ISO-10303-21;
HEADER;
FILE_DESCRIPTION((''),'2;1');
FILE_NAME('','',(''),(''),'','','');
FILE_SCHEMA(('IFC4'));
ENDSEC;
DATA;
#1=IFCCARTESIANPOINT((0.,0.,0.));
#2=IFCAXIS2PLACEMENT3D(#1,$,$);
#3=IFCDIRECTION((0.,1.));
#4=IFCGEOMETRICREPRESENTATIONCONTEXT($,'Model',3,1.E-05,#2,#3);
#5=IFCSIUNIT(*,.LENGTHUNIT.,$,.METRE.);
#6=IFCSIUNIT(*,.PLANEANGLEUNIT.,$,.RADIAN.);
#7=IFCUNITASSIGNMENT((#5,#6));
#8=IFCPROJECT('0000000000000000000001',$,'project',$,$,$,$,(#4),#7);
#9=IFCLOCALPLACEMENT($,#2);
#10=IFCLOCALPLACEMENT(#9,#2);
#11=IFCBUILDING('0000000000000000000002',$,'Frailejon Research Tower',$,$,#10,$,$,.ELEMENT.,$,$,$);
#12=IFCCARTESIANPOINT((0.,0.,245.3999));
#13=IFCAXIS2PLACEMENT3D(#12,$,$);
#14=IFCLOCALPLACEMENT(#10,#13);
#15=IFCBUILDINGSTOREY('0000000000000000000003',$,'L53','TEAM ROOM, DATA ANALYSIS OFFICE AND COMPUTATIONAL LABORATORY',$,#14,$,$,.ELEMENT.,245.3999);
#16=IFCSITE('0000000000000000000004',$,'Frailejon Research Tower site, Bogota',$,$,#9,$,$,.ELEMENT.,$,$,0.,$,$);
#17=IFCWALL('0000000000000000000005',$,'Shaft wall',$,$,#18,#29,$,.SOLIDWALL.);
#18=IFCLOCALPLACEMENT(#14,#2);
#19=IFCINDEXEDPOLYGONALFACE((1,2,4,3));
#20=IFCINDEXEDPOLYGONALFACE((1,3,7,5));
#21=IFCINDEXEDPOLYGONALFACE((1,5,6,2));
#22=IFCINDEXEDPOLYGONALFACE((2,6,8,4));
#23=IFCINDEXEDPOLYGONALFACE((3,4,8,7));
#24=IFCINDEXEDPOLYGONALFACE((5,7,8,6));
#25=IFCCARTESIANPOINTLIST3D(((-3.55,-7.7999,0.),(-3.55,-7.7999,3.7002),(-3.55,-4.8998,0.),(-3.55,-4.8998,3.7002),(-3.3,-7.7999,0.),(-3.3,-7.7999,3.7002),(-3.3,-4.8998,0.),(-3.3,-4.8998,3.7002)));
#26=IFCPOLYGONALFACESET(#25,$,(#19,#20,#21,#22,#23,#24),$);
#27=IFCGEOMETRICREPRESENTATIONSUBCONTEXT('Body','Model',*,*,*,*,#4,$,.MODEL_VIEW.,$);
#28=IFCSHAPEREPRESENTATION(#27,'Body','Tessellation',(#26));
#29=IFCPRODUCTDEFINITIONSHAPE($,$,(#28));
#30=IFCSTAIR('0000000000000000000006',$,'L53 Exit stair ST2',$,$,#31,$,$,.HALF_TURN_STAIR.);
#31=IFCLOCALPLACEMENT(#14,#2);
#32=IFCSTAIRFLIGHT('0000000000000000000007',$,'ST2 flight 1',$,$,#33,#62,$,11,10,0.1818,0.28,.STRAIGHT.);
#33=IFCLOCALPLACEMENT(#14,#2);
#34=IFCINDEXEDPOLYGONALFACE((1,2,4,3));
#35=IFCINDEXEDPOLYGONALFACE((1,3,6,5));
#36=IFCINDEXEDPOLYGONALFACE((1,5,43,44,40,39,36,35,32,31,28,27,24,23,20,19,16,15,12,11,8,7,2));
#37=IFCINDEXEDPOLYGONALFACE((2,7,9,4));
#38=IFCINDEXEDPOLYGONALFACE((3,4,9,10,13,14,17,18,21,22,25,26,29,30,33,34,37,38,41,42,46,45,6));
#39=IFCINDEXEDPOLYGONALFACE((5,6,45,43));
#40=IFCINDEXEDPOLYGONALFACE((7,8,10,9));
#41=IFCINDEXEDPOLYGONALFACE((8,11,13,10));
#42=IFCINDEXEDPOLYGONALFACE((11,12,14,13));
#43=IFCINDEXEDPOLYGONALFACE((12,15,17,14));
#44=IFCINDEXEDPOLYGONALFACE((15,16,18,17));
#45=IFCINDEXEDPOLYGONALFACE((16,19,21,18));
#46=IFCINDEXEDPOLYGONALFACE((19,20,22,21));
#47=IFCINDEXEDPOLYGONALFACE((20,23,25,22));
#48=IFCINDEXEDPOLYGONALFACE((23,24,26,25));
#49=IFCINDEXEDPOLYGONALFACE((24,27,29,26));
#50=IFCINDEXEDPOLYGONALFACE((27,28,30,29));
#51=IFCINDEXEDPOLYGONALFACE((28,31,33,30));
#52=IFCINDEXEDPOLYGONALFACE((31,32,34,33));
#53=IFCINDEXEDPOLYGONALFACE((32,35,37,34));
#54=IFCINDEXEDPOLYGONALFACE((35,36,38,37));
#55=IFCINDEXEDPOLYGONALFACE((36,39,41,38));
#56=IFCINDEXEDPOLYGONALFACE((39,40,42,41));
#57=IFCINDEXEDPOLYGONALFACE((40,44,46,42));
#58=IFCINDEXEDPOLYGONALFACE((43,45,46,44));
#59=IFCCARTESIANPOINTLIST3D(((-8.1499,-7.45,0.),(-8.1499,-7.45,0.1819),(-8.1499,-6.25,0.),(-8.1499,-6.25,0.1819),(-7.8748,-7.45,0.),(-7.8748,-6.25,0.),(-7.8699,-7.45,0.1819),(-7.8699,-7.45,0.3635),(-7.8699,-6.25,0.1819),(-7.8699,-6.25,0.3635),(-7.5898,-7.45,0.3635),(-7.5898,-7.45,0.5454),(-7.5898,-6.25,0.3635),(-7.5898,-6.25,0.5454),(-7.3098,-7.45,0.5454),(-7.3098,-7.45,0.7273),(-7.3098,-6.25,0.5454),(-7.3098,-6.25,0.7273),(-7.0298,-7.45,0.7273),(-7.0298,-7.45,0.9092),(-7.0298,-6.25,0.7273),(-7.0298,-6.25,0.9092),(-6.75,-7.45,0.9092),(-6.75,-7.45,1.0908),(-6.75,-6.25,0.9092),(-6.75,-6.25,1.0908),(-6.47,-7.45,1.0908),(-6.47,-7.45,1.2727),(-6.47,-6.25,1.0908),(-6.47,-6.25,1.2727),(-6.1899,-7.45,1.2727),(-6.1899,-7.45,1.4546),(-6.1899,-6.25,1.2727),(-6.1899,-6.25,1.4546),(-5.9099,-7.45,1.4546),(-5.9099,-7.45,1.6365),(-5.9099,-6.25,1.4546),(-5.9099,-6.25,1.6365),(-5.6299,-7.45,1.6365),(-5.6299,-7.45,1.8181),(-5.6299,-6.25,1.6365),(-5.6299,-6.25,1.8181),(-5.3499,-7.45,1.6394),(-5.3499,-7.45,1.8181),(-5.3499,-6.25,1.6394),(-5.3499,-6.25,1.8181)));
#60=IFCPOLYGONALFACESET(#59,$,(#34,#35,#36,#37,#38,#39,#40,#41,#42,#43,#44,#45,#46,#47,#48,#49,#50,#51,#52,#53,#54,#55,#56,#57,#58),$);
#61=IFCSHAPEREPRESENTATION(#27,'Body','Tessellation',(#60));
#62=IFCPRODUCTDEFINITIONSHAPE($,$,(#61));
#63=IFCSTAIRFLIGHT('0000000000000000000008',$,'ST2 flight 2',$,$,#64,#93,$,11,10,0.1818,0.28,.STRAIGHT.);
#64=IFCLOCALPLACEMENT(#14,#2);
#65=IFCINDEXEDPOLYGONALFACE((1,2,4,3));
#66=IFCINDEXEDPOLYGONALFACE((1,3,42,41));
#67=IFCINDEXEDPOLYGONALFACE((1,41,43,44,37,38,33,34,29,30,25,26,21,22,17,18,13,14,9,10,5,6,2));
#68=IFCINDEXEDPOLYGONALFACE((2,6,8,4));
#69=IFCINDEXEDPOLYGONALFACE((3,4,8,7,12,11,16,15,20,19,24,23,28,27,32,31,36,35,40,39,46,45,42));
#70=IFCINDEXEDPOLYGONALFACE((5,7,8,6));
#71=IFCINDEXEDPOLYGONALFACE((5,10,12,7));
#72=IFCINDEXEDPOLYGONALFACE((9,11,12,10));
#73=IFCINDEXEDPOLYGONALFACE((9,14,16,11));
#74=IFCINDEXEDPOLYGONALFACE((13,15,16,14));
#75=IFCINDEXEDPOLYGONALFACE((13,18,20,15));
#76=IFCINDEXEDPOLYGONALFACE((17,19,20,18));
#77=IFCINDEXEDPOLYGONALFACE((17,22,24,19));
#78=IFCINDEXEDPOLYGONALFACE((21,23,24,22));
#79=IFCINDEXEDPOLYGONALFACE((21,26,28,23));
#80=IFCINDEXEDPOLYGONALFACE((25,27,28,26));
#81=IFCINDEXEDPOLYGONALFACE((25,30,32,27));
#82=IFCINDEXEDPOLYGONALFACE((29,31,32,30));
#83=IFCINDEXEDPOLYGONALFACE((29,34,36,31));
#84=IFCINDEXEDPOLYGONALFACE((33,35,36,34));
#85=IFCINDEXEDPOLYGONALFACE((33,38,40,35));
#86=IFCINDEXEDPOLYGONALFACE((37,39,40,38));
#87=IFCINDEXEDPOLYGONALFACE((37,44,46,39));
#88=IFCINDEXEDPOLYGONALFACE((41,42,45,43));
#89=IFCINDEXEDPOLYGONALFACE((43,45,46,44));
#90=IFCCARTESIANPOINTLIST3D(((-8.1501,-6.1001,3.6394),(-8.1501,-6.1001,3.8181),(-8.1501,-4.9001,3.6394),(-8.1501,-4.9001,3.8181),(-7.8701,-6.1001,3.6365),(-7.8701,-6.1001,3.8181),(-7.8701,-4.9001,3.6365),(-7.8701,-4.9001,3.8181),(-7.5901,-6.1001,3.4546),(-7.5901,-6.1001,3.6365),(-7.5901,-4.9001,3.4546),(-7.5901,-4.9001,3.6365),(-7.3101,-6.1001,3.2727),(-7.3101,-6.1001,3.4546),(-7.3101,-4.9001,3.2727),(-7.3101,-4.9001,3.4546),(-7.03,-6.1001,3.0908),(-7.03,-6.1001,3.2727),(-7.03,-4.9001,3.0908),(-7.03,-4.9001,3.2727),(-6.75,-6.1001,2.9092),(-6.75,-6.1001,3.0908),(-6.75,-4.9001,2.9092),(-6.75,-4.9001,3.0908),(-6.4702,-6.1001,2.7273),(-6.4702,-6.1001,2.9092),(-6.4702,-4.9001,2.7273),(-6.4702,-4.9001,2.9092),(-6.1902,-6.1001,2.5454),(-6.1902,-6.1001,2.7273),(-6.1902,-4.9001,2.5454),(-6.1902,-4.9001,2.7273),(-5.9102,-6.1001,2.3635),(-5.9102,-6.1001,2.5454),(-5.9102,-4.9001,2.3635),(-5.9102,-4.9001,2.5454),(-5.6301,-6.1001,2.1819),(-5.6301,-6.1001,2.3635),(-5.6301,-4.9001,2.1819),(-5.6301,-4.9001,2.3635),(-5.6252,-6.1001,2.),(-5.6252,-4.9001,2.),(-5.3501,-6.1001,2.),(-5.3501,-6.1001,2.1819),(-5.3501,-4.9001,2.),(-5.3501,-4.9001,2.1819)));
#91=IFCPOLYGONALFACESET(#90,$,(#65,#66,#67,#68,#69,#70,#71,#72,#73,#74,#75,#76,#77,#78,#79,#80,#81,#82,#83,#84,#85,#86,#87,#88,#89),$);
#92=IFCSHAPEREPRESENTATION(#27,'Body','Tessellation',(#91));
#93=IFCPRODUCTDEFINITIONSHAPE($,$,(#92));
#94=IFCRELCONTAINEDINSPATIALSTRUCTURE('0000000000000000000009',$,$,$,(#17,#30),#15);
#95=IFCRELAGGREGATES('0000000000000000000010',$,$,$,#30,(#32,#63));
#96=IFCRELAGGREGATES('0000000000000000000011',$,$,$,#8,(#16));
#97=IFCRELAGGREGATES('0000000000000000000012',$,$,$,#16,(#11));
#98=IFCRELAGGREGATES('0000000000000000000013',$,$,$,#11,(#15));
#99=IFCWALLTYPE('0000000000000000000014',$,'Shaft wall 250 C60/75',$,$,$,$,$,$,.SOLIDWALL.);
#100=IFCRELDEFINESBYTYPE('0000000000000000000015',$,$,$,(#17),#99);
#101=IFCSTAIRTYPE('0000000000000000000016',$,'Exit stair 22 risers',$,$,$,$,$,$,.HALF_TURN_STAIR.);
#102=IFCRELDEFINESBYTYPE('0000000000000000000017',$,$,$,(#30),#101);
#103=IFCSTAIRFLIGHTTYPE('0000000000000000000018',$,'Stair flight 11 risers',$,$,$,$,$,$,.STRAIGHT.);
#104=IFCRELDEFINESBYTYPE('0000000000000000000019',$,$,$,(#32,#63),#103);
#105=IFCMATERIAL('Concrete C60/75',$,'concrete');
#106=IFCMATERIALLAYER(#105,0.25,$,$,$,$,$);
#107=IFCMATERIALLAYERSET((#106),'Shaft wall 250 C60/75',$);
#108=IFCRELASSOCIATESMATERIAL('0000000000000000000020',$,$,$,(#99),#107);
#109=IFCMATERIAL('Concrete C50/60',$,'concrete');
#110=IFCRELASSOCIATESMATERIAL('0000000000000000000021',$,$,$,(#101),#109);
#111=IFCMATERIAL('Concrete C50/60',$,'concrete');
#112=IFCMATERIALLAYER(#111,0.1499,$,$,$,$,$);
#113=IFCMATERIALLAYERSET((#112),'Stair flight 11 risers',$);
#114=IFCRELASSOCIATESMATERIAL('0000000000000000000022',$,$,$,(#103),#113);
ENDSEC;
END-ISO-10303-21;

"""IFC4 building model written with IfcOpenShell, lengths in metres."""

from ifc_helpers import new_model, si_unit, direction, frame, frame_2d, origin, place, context, subcontext, project, spatial, polyline, rectangle, outline, extrude, material, layer, layer_set, type_object, element, aggregate, save


model = new_model("IFC4")

# Units and contexts
model_context = context("Model", 3, precision=1e-05, world=origin(), true_north=direction((0.0, 1.0)))
body_context = subcontext(model_context, "Body", "Model", "MODEL_VIEW")
ifc_project = project(units=[si_unit("LENGTHUNIT", "METRE"), si_unit("PLANEANGLEUNIT", "RADIAN")], contexts=[model_context])

# Site, building, storey
site_placement = place(None, origin())
site = spatial("IfcSite", under=ifc_project, at=site_placement, Name="Frailejon Research Tower site, Bogota", CompositionType="ELEMENT", RefElevation=0.0)
building_placement = place(site_placement, origin())
building = spatial("IfcBuilding", under=site, at=building_placement, Name="Frailejon Research Tower", CompositionType="ELEMENT")
storey_placement = place(building_placement, frame((0.0, 0.0, 245.3999)))
storey = spatial("IfcBuildingStorey", under=building, at=storey_placement, Name="L53", Description="TEAM ROOM, DATA ANALYSIS OFFICE AND COMPUTATIONAL LABORATORY", CompositionType="ELEMENT", Elevation=245.3999)

# Shared definitions
ifc_material_1 = material(Name="Concrete C60/75", Category="concrete")
ifc_layer_1 = layer(ifc_material_1, 0.25)
ifc_layer_set_1 = layer_set([ifc_layer_1], Name="Shaft wall 250 C60/75")
wall_type_1 = type_object("IfcWallType", Name="Shaft wall 250 C60/75", PredefinedType="SOLIDWALL", material=ifc_layer_set_1)

# Wall
wall_1_placement = place(storey_placement, frame((-3.425, -7.8, 0.0), z_axis=(0.0, 0.0, 1.0), x_axis=(0.0, 1.0, 0.0)))
element("IfcWall", 1, at=wall_1_placement, inside=storey, type_object=wall_type_1, Name="Shaft wall", PredefinedType="SOLIDWALL", context=body_context, shape_type="SweptSolid", body=[
    extrude(rectangle(XDim=2.9001, YDim=0.25, at=frame_2d((1.4502, 0.0))), origin(), (0.0, 0.0, 1.0), 3.7002),
])

# Stair, stair flights
ifc_material_2 = material(Name="Concrete C50/60", Category="concrete")
stair_type = type_object("IfcStairType", Name="Exit stair 22 risers", PredefinedType="HALF_TURN_STAIR", material=ifc_material_2)
stair_placement = place(storey_placement, origin())
stair = element("IfcStair", 2, at=stair_placement, inside=storey, type_object=stair_type, Name="L53 Exit stair ST2", PredefinedType="HALF_TURN_STAIR")
ifc_material_3 = material(Name="Concrete C50/60", Category="concrete")
ifc_layer_2 = layer(ifc_material_3, 0.1499)
ifc_layer_set_2 = layer_set([ifc_layer_2], Name="Stair flight 11 risers")
stair_flight_type = type_object("IfcStairFlightType", Name="Stair flight 11 risers", PredefinedType="STRAIGHT", material=ifc_layer_set_2)
stair_flight_1_placement = place(storey_placement, frame((-8.1499, -6.8501, 0.0), z_axis=(0.0, 0.0, 1.0), x_axis=(1.0, 0.0, 0.0)))
stair_flight_1 = element("IfcStairFlight", 3, at=stair_flight_1_placement, type_object=stair_flight_type, Name="ST2 flight 1", NumberOfRisers=11, NumberOfTreads=10, PredefinedType="STRAIGHT", RiserHeight=0.1818, TreadLength=0.28, context=body_context, shape_type="SweptSolid", body=[
    extrude(outline(polyline([(0.0, 0.0), (0.0, 0.1819), (0.28, 0.1819), (0.28, 0.3635), (0.5601, 0.3635), (0.5601, 0.5454), (0.8401, 0.5454), (0.8401, 0.7273), (1.1201, 0.7273), (1.1201, 0.9092), (1.3999, 0.9092), (1.3999, 1.0908), (1.6799, 1.0908), (1.6799, 1.2727), (1.96, 1.2727), (1.96, 1.4546), (2.24, 1.4546), (2.24, 1.6365), (2.52, 1.6365), (2.52, 1.8181), (2.8, 1.8181), (2.8, 2.0), (2.8, 1.6394), (0.2751, 0.0), (0.0, 0.0)])), frame((0.0, 0.6001, 0.0), z_axis=(0.0, -1.0, 0.0), x_axis=(1.0, 0.0, 0.0)), (0.0, 0.0, 1.0), 1.2),
])
stair_flight_2_placement = place(storey_placement, frame((-5.3501, -5.5, 2.0), z_axis=(0.0, 0.0, 1.0), x_axis=(-1.0, 0.0, 0.0)))
stair_flight_2 = element("IfcStairFlight", 4, at=stair_flight_2_placement, type_object=stair_flight_type, Name="ST2 flight 2", NumberOfRisers=11, NumberOfTreads=10, PredefinedType="STRAIGHT", RiserHeight=0.1818, TreadLength=0.28, context=body_context, shape_type="SweptSolid", body=[
    extrude(outline(polyline([(0.0, 0.0), (0.0, 0.1819), (0.28, 0.1819), (0.28, 0.3635), (0.5601, 0.3635), (0.5601, 0.5454), (0.8401, 0.5454), (0.8401, 0.7273), (1.1201, 0.7273), (1.1201, 0.9092), (1.3999, 0.9092), (1.3999, 1.0908), (1.6799, 1.0908), (1.6799, 1.2727), (1.96, 1.2727), (1.96, 1.4546), (2.24, 1.4546), (2.24, 1.6365), (2.52, 1.6365), (2.52, 1.8181), (2.8, 1.8181), (2.8, 2.0), (2.8, 1.6394), (0.2751, 0.0), (0.0, 0.0)])), frame((0.0, 0.6001, 0.0), z_axis=(0.0, -1.0, 0.0), x_axis=(1.0, 0.0, 0.0)), (0.0, 0.0, 1.0), 1.2),
])
aggregate(stair, [stair_flight_1, stair_flight_2])

save(model, "model.ifc")
